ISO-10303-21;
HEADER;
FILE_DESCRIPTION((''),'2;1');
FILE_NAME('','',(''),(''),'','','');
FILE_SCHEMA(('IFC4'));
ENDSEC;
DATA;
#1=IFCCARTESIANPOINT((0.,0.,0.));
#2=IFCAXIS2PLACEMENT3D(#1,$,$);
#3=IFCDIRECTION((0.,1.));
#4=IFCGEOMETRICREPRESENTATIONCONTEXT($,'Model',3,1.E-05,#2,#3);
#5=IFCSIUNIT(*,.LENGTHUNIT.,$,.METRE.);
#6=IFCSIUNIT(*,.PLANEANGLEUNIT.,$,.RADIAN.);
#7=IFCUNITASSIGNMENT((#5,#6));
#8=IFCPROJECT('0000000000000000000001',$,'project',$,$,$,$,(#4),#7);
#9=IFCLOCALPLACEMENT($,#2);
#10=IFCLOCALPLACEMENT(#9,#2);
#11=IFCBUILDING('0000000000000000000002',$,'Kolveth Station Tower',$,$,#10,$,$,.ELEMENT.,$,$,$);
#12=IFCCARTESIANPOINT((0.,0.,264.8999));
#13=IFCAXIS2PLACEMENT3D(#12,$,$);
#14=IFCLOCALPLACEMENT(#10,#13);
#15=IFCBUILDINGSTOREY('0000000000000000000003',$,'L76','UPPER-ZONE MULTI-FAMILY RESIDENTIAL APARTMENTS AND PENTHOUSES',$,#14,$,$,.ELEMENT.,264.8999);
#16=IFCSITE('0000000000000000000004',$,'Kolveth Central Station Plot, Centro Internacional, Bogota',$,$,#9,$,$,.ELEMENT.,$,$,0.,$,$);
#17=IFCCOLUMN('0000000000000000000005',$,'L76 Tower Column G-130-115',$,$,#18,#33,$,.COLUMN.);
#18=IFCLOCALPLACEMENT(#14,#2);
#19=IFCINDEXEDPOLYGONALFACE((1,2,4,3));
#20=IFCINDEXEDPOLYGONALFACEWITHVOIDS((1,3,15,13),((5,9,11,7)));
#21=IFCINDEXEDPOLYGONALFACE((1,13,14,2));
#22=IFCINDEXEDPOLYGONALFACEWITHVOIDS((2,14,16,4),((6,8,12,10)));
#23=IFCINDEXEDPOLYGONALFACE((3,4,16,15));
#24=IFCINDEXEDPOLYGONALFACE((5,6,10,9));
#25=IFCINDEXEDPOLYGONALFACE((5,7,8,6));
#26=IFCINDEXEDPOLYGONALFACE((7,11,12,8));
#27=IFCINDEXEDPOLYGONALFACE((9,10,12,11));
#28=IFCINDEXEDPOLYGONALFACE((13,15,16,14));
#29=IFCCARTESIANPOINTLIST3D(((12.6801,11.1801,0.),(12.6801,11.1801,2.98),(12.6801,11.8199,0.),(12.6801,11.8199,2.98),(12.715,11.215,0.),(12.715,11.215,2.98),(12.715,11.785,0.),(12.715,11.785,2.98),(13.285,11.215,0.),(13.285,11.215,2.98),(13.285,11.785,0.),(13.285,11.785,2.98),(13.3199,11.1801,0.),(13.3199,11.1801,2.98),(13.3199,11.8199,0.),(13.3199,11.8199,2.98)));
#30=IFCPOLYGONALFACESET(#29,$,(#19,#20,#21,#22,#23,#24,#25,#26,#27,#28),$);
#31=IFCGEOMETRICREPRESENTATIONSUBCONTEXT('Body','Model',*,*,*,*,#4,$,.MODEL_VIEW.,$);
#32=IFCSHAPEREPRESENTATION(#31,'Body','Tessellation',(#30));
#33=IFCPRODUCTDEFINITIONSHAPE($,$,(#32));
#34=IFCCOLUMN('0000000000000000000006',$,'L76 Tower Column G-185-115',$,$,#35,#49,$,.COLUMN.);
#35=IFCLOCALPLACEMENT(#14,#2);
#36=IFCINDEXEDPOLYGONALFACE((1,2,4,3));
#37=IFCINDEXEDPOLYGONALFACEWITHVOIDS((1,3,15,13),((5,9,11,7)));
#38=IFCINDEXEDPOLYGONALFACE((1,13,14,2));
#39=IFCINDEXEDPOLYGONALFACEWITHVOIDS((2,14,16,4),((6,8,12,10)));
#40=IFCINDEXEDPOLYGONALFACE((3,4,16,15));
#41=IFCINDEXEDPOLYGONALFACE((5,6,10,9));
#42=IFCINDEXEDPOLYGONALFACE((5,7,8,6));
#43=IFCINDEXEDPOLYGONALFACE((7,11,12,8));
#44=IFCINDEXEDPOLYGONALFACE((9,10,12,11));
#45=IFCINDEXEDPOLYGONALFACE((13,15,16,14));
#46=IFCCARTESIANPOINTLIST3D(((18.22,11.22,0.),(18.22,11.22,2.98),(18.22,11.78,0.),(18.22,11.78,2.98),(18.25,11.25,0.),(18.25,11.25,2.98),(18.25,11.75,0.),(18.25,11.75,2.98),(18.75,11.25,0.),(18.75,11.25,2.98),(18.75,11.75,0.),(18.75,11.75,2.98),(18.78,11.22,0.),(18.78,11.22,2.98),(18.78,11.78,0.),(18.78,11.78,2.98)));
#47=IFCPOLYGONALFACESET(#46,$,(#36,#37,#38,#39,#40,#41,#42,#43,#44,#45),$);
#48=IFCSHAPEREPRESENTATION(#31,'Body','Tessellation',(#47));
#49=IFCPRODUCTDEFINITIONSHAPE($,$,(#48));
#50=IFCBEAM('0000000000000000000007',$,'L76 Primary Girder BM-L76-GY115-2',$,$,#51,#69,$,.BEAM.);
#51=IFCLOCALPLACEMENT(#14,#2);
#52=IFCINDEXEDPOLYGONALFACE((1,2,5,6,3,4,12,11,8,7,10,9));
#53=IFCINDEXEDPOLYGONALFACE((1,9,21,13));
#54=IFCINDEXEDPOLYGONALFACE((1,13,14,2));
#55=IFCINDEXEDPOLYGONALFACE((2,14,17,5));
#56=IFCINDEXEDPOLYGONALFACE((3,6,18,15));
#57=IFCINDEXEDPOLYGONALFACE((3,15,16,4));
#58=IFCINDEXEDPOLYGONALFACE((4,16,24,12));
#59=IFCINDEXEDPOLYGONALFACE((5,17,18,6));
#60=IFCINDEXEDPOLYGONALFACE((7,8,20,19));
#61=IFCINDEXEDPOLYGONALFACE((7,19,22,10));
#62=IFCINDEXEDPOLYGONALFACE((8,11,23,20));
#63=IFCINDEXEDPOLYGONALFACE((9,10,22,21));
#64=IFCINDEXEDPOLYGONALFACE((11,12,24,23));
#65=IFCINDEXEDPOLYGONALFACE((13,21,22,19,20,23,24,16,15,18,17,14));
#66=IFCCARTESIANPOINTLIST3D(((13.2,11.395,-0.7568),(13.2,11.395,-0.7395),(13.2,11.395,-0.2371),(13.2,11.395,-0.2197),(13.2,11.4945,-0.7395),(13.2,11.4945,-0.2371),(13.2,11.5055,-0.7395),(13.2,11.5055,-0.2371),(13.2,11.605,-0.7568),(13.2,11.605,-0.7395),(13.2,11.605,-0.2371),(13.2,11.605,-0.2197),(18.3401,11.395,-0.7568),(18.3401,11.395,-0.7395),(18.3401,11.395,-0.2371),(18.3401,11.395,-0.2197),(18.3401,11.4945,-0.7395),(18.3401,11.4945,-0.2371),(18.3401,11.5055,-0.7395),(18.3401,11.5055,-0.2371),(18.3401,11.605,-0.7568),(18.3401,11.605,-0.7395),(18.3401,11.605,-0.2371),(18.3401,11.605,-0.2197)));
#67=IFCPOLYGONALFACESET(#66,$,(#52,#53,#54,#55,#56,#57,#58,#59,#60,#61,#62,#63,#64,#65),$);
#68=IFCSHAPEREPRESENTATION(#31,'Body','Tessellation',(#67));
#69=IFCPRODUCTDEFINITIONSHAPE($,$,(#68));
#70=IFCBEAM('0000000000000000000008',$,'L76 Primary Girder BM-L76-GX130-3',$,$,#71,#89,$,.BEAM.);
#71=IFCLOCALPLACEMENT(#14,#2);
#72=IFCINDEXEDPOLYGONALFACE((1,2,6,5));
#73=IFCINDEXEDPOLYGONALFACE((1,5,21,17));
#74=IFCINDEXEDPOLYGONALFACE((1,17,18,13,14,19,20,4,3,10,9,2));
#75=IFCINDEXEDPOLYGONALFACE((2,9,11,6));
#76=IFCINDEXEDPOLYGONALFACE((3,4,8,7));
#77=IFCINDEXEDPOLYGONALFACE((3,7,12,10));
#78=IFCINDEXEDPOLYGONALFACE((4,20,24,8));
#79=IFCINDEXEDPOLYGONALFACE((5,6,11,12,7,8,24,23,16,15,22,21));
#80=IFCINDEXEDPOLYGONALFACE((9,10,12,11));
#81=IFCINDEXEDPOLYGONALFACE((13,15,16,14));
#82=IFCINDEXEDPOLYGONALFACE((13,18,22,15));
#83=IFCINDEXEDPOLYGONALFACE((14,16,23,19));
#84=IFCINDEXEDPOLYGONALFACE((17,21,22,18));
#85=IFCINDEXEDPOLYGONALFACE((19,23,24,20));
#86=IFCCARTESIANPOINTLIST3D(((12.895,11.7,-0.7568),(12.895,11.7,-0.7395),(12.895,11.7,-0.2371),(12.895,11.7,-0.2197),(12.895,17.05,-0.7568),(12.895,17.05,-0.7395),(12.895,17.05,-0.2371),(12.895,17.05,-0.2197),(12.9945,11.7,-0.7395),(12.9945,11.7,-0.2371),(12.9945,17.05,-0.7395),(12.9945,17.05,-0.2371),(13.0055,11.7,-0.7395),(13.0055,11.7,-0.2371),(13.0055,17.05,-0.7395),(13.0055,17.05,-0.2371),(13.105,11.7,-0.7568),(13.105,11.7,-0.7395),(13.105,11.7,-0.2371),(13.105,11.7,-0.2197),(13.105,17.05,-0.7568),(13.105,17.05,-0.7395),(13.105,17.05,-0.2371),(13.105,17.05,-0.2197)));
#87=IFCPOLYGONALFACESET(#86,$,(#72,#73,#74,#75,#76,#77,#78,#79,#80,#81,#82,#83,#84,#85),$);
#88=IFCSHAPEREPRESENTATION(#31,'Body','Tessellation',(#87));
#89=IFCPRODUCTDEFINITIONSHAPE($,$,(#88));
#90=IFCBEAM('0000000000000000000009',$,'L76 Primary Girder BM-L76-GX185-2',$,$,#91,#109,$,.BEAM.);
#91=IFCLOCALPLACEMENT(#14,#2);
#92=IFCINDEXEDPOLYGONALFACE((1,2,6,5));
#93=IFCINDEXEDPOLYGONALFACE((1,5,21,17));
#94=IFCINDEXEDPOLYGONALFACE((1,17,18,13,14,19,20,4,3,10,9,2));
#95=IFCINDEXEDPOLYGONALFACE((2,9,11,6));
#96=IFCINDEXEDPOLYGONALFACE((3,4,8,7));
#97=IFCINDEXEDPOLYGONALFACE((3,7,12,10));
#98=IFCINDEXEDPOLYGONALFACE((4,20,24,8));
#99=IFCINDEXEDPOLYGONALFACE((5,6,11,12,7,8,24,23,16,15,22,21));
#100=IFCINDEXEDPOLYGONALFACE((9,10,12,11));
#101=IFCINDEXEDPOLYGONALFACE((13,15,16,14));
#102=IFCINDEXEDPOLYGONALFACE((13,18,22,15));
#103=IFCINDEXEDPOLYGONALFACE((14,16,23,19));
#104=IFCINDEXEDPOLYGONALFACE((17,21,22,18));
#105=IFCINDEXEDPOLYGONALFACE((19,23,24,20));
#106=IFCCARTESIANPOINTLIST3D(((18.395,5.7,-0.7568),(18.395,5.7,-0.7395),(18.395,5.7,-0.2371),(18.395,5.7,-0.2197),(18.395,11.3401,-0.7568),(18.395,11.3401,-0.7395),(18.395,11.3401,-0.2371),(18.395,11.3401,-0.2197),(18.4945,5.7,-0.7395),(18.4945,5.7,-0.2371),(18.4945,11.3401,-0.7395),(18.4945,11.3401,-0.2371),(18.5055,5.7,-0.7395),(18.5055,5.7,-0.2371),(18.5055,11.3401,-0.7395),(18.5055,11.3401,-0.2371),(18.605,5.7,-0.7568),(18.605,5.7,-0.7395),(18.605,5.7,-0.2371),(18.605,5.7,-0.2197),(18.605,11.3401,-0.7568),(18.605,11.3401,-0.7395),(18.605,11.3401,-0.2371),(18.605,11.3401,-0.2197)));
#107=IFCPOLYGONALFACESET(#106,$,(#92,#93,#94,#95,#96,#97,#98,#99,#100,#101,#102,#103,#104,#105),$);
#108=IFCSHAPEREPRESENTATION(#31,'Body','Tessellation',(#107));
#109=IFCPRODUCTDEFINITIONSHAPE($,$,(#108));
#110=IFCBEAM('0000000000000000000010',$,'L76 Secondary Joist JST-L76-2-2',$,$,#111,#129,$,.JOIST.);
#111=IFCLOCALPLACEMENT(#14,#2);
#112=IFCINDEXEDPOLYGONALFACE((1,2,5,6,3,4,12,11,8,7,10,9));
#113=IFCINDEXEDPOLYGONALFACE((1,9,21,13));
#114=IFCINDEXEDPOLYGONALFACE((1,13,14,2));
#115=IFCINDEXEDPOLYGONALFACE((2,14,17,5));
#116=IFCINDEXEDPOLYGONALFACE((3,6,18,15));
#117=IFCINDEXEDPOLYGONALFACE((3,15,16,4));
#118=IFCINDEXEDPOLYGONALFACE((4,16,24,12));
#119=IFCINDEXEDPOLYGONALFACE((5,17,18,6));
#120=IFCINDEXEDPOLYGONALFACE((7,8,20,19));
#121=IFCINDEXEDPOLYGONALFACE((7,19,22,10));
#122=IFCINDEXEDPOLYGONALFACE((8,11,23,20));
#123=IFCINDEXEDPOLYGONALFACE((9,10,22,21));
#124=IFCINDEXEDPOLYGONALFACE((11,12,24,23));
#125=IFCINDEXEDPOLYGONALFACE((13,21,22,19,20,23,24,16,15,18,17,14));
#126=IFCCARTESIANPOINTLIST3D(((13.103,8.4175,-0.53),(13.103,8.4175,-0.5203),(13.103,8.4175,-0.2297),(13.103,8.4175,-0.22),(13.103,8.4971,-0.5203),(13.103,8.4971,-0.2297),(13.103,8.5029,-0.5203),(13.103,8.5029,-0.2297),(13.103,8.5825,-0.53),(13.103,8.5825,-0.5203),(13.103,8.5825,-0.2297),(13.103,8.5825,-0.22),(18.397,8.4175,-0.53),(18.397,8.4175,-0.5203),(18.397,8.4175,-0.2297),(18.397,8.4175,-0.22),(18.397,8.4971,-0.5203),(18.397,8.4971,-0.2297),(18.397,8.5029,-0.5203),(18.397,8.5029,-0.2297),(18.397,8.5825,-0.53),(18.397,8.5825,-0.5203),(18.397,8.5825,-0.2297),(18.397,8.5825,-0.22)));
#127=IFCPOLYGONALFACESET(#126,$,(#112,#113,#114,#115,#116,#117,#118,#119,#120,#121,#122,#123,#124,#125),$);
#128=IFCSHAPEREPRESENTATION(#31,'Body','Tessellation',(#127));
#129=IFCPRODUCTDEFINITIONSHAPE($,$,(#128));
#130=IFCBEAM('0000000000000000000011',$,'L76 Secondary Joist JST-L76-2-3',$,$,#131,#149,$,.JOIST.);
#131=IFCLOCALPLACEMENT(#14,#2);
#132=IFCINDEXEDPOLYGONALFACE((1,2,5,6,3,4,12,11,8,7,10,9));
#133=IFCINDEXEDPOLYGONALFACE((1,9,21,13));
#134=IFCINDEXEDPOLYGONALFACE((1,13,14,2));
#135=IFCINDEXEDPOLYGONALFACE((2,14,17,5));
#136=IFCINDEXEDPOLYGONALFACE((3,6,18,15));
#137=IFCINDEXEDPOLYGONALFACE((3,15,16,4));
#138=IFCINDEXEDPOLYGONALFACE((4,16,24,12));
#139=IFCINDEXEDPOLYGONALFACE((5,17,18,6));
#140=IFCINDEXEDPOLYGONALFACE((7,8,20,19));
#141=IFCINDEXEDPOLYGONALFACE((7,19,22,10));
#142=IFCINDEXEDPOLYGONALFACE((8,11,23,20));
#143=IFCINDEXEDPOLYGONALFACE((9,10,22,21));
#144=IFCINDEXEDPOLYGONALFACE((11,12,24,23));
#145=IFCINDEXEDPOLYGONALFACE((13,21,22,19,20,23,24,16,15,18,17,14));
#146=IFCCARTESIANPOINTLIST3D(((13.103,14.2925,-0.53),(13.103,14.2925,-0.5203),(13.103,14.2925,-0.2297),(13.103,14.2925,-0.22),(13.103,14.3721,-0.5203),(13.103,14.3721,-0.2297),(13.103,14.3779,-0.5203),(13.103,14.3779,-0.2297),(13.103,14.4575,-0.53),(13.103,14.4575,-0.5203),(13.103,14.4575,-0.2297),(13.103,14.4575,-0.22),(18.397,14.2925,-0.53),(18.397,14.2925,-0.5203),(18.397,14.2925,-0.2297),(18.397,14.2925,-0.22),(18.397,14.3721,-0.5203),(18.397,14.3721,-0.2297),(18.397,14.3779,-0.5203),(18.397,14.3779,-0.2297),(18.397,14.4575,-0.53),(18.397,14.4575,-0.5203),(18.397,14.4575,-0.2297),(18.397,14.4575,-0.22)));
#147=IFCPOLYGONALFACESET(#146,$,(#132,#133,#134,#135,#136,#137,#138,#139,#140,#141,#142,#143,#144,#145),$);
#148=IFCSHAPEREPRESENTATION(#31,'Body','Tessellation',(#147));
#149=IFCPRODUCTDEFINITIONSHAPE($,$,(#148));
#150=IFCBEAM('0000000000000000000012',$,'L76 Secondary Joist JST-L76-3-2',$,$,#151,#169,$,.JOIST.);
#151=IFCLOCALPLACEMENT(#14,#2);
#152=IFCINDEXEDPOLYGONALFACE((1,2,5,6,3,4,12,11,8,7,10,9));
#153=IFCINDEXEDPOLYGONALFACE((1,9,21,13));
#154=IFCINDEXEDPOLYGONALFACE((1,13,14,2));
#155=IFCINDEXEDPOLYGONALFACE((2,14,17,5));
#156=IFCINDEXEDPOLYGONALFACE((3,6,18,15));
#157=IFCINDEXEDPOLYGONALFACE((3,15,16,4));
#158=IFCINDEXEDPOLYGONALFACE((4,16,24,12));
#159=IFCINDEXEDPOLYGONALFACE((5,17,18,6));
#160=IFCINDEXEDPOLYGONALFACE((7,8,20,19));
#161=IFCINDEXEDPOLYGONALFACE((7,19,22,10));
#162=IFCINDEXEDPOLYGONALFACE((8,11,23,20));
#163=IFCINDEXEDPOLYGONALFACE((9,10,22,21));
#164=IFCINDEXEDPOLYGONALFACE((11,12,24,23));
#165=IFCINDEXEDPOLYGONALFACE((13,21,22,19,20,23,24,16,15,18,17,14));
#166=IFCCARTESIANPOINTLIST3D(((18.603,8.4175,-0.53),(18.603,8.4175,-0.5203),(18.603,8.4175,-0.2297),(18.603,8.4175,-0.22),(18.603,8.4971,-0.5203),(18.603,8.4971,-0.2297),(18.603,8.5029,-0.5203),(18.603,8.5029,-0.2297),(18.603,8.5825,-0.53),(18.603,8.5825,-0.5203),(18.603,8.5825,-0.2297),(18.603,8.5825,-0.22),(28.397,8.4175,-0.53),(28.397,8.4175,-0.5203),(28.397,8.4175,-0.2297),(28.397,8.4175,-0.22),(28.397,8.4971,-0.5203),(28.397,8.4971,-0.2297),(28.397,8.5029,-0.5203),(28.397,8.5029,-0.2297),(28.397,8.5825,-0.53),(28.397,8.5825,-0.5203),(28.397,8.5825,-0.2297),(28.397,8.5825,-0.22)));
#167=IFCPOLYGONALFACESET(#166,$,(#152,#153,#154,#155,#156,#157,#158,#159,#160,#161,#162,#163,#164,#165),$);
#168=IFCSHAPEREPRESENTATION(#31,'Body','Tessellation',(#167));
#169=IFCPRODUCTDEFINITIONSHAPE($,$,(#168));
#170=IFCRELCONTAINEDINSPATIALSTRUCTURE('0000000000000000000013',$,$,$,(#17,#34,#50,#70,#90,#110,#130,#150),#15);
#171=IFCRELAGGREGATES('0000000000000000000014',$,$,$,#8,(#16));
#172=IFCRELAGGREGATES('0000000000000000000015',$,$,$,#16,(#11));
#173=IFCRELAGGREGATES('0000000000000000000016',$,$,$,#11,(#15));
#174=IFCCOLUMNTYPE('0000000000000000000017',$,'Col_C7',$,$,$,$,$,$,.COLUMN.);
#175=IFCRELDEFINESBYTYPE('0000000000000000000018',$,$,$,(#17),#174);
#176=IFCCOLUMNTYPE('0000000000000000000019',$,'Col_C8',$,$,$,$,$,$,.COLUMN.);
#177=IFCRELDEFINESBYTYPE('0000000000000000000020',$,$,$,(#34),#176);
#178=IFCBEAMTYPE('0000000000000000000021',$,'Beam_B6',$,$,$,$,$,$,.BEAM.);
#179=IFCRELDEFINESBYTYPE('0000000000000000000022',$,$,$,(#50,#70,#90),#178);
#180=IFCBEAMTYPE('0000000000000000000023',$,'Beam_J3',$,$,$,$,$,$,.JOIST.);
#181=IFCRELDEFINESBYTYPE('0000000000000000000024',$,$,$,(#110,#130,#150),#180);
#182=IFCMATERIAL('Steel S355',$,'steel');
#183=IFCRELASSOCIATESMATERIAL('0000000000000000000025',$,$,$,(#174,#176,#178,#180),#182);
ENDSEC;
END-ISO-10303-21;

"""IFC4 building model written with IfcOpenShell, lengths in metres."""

from ifc_helpers import new_model, si_unit, direction, frame, origin, origin_2d, place, context, subcontext, project, spatial, hollow_rectangle, i_section, extrude, source, transform, mapped, material, material_profile, profile_set, type_object, element, save


model = new_model("IFC4")

# Units and contexts
model_context = context("Model", 3, precision=1e-05, world=origin(), true_north=direction((0.0, 1.0)))
body_context = subcontext(model_context, "Body", "Model", "MODEL_VIEW")
ifc_project = project(units=[si_unit("LENGTHUNIT", "METRE"), si_unit("PLANEANGLEUNIT", "RADIAN")], contexts=[model_context])

# Site, building, storey
site_placement = place(None, origin())
site = spatial("IfcSite", under=ifc_project, at=site_placement, Name="Kolveth Central Station Plot, Centro Internacional, Bogota", CompositionType="ELEMENT", RefElevation=0.0)
building_placement = place(site_placement, origin())
building = spatial("IfcBuilding", under=site, at=building_placement, Name="Kolveth Station Tower", CompositionType="ELEMENT")
storey_placement = place(building_placement, frame((0.0, 0.0, 264.8999)))
storey = spatial("IfcBuildingStorey", under=building, at=storey_placement, Name="L76", Description="UPPER-ZONE MULTI-FAMILY RESIDENTIAL APARTMENTS AND PENTHOUSES", CompositionType="ELEMENT", Elevation=264.8999)

# Columns
ifc_material_1 = material(Name="Steel S355", Category="steel")
ifc_material_profile_1 = material_profile(ifc_material_1, hollow_rectangle(XDim=0.6399, YDim=0.6399, WallThickness=0.0349, at=origin_2d()), Name="BOX640x640x35")
ifc_profile_set_1 = profile_set([ifc_material_profile_1], Name="Steel S355")
column_type_1 = type_object("IfcColumnType", Name="Col_C7", PredefinedType="COLUMN", material=ifc_profile_set_1)
shared_shape_1 = source(origin(), body_context, "Body", "SweptSolid", [
    extrude(hollow_rectangle(XDim=0.6399, YDim=0.6399, WallThickness=0.0349, at=origin_2d()), origin(), (0.0, 0.0, 1.0), 2.98),
])
column_1_placement = place(storey_placement, frame((13.0, 11.5, 0.0), z_axis=(0.0, 0.0, 1.0), x_axis=(1.0, 0.0, 0.0)))
element("IfcColumn", 1, at=column_1_placement, inside=storey, type_object=column_type_1, Name="L76 Tower Column G-130-115", PredefinedType="COLUMN", context=body_context, shape_type="MappedRepresentation", body=[
    mapped(shared_shape_1, transform((0.0, 0.0, 0.0), x_axis=(1.0, 0.0, 0.0), y_axis=(0.0, 1.0, 0.0), z_axis=(0.0, 0.0, 1.0), scale=1.0)),
])
ifc_material_profile_2 = material_profile(ifc_material_1, hollow_rectangle(XDim=0.5601, YDim=0.5601, WallThickness=0.03, at=origin_2d()), Name="BOX560x560x30")
ifc_profile_set_2 = profile_set([ifc_material_profile_2], Name="Steel S355")
column_type_2 = type_object("IfcColumnType", Name="Col_C8", PredefinedType="COLUMN", material=ifc_profile_set_2)
shared_shape_2 = source(origin(), body_context, "Body", "SweptSolid", [
    extrude(hollow_rectangle(XDim=0.5601, YDim=0.5601, WallThickness=0.03, at=origin_2d()), origin(), (0.0, 0.0, 1.0), 2.98),
])
column_2_placement = place(storey_placement, frame((18.5, 11.5, 0.0), z_axis=(0.0, 0.0, 1.0), x_axis=(1.0, 0.0, 0.0)))
element("IfcColumn", 2, at=column_2_placement, inside=storey, type_object=column_type_2, Name="L76 Tower Column G-185-115", PredefinedType="COLUMN", context=body_context, shape_type="MappedRepresentation", body=[
    mapped(shared_shape_2, transform((0.0, 0.0, 0.0), x_axis=(1.0, 0.0, 0.0), y_axis=(0.0, 1.0, 0.0), z_axis=(0.0, 0.0, 1.0), scale=1.0)),
])

# Beams
ifc_material_profile_3 = material_profile(ifc_material_1, i_section(OverallWidth=0.21, OverallDepth=0.5371, WebThickness=0.011, FlangeThickness=0.0173, at=origin_2d()), Name="W530x101")
ifc_profile_set_3 = profile_set([ifc_material_profile_3], Name="Steel S355")
beam_type_1 = type_object("IfcBeamType", Name="Beam_B6", PredefinedType="BEAM", material=ifc_profile_set_3)
shared_shape_3 = source(origin(), body_context, "Body", "SweptSolid", [
    extrude(i_section(OverallWidth=0.21, OverallDepth=0.5371, WebThickness=0.011, FlangeThickness=0.0173, at=origin_2d()), origin(), (0.0, 0.0, 1.0), 5.1401),
])
beam_1_placement = place(storey_placement, frame((13.2, 11.5, -0.4883), z_axis=(1.0, 0.0, 0.0), x_axis=(0.0, 1.0, 0.0)))
element("IfcBeam", 3, at=beam_1_placement, inside=storey, type_object=beam_type_1, Name="L76 Primary Girder BM-L76-GY115-2", PredefinedType="BEAM", context=body_context, shape_type="MappedRepresentation", body=[
    mapped(shared_shape_3, transform((0.0, 0.0, 0.0), x_axis=(1.0, 0.0, 0.0), y_axis=(0.0, 1.0, 0.0), z_axis=(0.0, 0.0, 1.0), scale=1.0)),
])
shared_shape_4 = source(origin(), body_context, "Body", "SweptSolid", [
    extrude(i_section(OverallWidth=0.21, OverallDepth=0.5371, WebThickness=0.011, FlangeThickness=0.0173, at=origin_2d()), origin(), (0.0, 0.0, 1.0), 5.3501),
])
beam_2_placement = place(storey_placement, frame((13.0, 11.7, -0.4883), z_axis=(0.0, 1.0, 0.0), x_axis=(-1.0, 0.0, 0.0)))
element("IfcBeam", 4, at=beam_2_placement, inside=storey, type_object=beam_type_1, Name="L76 Primary Girder BM-L76-GX130-3", PredefinedType="BEAM", context=body_context, shape_type="MappedRepresentation", body=[
    mapped(shared_shape_4, transform((0.0, 0.0, 0.0), x_axis=(1.0, 0.0, 0.0), y_axis=(0.0, 1.0, 0.0), z_axis=(0.0, 0.0, 1.0), scale=1.0)),
])
shared_shape_5 = source(origin(), body_context, "Body", "SweptSolid", [
    extrude(i_section(OverallWidth=0.21, OverallDepth=0.5371, WebThickness=0.011, FlangeThickness=0.0173, at=origin_2d()), origin(), (0.0, 0.0, 1.0), 5.6401),
])
beam_3_placement = place(storey_placement, frame((18.5, 5.7, -0.4883), z_axis=(0.0, 1.0, 0.0), x_axis=(-1.0, 0.0, 0.0)))
element("IfcBeam", 5, at=beam_3_placement, inside=storey, type_object=beam_type_1, Name="L76 Primary Girder BM-L76-GX185-2", PredefinedType="BEAM", context=body_context, shape_type="MappedRepresentation", body=[
    mapped(shared_shape_5, transform((0.0, 0.0, 0.0), x_axis=(1.0, 0.0, 0.0), y_axis=(0.0, 1.0, 0.0), z_axis=(0.0, 0.0, 1.0), scale=1.0)),
])
ifc_material_profile_4 = material_profile(ifc_material_1, i_section(OverallWidth=0.165, OverallDepth=0.3101, WebThickness=0.0059, FlangeThickness=0.0098, at=origin_2d()), Name="W310x39")
ifc_profile_set_4 = profile_set([ifc_material_profile_4], Name="Steel S355")
beam_type_2 = type_object("IfcBeamType", Name="Beam_J3", PredefinedType="JOIST", material=ifc_profile_set_4)
shared_shape_6 = source(origin(), body_context, "Body", "SweptSolid", [
    extrude(i_section(OverallWidth=0.165, OverallDepth=0.3101, WebThickness=0.0059, FlangeThickness=0.0098, at=origin_2d()), origin(), (0.0, 0.0, 1.0), 5.2939),
])
for number, where, z_axis, x_axis, name in (
    (6, (13.103, 8.5, -0.375), (1.0, 0.0, 0.0), (0.0, 1.0, 0.0), "L76 Secondary Joist JST-L76-2-2"),
    (7, (13.103, 14.375, -0.375), (1.0, 0.0, 0.0), (0.0, 1.0, 0.0), "L76 Secondary Joist JST-L76-2-3"),
):
    element("IfcBeam", number, at=place(storey_placement, frame(where, z_axis=z_axis, x_axis=x_axis)), inside=storey, type_object=beam_type_2, Name=name, PredefinedType="JOIST", context=body_context, shape_type="MappedRepresentation", body=[
        mapped(shared_shape_6, transform((0.0, 0.0, 0.0), x_axis=(1.0, 0.0, 0.0), y_axis=(0.0, 1.0, 0.0), z_axis=(0.0, 0.0, 1.0), scale=1.0)),
    ])
shared_shape_7 = source(origin(), body_context, "Body", "SweptSolid", [
    extrude(i_section(OverallWidth=0.165, OverallDepth=0.3101, WebThickness=0.0059, FlangeThickness=0.0098, at=origin_2d()), origin(), (0.0, 0.0, 1.0), 9.7939),
])
beam_4_placement = place(storey_placement, frame((18.603, 8.5, -0.375), z_axis=(1.0, 0.0, 0.0), x_axis=(0.0, 1.0, 0.0)))
element("IfcBeam", 8, at=beam_4_placement, inside=storey, type_object=beam_type_2, Name="L76 Secondary Joist JST-L76-3-2", PredefinedType="JOIST", context=body_context, shape_type="MappedRepresentation", body=[
    mapped(shared_shape_7, transform((0.0, 0.0, 0.0), x_axis=(1.0, 0.0, 0.0), y_axis=(0.0, 1.0, 0.0), z_axis=(0.0, 0.0, 1.0), scale=1.0)),
])

save(model, "model.ifc")
